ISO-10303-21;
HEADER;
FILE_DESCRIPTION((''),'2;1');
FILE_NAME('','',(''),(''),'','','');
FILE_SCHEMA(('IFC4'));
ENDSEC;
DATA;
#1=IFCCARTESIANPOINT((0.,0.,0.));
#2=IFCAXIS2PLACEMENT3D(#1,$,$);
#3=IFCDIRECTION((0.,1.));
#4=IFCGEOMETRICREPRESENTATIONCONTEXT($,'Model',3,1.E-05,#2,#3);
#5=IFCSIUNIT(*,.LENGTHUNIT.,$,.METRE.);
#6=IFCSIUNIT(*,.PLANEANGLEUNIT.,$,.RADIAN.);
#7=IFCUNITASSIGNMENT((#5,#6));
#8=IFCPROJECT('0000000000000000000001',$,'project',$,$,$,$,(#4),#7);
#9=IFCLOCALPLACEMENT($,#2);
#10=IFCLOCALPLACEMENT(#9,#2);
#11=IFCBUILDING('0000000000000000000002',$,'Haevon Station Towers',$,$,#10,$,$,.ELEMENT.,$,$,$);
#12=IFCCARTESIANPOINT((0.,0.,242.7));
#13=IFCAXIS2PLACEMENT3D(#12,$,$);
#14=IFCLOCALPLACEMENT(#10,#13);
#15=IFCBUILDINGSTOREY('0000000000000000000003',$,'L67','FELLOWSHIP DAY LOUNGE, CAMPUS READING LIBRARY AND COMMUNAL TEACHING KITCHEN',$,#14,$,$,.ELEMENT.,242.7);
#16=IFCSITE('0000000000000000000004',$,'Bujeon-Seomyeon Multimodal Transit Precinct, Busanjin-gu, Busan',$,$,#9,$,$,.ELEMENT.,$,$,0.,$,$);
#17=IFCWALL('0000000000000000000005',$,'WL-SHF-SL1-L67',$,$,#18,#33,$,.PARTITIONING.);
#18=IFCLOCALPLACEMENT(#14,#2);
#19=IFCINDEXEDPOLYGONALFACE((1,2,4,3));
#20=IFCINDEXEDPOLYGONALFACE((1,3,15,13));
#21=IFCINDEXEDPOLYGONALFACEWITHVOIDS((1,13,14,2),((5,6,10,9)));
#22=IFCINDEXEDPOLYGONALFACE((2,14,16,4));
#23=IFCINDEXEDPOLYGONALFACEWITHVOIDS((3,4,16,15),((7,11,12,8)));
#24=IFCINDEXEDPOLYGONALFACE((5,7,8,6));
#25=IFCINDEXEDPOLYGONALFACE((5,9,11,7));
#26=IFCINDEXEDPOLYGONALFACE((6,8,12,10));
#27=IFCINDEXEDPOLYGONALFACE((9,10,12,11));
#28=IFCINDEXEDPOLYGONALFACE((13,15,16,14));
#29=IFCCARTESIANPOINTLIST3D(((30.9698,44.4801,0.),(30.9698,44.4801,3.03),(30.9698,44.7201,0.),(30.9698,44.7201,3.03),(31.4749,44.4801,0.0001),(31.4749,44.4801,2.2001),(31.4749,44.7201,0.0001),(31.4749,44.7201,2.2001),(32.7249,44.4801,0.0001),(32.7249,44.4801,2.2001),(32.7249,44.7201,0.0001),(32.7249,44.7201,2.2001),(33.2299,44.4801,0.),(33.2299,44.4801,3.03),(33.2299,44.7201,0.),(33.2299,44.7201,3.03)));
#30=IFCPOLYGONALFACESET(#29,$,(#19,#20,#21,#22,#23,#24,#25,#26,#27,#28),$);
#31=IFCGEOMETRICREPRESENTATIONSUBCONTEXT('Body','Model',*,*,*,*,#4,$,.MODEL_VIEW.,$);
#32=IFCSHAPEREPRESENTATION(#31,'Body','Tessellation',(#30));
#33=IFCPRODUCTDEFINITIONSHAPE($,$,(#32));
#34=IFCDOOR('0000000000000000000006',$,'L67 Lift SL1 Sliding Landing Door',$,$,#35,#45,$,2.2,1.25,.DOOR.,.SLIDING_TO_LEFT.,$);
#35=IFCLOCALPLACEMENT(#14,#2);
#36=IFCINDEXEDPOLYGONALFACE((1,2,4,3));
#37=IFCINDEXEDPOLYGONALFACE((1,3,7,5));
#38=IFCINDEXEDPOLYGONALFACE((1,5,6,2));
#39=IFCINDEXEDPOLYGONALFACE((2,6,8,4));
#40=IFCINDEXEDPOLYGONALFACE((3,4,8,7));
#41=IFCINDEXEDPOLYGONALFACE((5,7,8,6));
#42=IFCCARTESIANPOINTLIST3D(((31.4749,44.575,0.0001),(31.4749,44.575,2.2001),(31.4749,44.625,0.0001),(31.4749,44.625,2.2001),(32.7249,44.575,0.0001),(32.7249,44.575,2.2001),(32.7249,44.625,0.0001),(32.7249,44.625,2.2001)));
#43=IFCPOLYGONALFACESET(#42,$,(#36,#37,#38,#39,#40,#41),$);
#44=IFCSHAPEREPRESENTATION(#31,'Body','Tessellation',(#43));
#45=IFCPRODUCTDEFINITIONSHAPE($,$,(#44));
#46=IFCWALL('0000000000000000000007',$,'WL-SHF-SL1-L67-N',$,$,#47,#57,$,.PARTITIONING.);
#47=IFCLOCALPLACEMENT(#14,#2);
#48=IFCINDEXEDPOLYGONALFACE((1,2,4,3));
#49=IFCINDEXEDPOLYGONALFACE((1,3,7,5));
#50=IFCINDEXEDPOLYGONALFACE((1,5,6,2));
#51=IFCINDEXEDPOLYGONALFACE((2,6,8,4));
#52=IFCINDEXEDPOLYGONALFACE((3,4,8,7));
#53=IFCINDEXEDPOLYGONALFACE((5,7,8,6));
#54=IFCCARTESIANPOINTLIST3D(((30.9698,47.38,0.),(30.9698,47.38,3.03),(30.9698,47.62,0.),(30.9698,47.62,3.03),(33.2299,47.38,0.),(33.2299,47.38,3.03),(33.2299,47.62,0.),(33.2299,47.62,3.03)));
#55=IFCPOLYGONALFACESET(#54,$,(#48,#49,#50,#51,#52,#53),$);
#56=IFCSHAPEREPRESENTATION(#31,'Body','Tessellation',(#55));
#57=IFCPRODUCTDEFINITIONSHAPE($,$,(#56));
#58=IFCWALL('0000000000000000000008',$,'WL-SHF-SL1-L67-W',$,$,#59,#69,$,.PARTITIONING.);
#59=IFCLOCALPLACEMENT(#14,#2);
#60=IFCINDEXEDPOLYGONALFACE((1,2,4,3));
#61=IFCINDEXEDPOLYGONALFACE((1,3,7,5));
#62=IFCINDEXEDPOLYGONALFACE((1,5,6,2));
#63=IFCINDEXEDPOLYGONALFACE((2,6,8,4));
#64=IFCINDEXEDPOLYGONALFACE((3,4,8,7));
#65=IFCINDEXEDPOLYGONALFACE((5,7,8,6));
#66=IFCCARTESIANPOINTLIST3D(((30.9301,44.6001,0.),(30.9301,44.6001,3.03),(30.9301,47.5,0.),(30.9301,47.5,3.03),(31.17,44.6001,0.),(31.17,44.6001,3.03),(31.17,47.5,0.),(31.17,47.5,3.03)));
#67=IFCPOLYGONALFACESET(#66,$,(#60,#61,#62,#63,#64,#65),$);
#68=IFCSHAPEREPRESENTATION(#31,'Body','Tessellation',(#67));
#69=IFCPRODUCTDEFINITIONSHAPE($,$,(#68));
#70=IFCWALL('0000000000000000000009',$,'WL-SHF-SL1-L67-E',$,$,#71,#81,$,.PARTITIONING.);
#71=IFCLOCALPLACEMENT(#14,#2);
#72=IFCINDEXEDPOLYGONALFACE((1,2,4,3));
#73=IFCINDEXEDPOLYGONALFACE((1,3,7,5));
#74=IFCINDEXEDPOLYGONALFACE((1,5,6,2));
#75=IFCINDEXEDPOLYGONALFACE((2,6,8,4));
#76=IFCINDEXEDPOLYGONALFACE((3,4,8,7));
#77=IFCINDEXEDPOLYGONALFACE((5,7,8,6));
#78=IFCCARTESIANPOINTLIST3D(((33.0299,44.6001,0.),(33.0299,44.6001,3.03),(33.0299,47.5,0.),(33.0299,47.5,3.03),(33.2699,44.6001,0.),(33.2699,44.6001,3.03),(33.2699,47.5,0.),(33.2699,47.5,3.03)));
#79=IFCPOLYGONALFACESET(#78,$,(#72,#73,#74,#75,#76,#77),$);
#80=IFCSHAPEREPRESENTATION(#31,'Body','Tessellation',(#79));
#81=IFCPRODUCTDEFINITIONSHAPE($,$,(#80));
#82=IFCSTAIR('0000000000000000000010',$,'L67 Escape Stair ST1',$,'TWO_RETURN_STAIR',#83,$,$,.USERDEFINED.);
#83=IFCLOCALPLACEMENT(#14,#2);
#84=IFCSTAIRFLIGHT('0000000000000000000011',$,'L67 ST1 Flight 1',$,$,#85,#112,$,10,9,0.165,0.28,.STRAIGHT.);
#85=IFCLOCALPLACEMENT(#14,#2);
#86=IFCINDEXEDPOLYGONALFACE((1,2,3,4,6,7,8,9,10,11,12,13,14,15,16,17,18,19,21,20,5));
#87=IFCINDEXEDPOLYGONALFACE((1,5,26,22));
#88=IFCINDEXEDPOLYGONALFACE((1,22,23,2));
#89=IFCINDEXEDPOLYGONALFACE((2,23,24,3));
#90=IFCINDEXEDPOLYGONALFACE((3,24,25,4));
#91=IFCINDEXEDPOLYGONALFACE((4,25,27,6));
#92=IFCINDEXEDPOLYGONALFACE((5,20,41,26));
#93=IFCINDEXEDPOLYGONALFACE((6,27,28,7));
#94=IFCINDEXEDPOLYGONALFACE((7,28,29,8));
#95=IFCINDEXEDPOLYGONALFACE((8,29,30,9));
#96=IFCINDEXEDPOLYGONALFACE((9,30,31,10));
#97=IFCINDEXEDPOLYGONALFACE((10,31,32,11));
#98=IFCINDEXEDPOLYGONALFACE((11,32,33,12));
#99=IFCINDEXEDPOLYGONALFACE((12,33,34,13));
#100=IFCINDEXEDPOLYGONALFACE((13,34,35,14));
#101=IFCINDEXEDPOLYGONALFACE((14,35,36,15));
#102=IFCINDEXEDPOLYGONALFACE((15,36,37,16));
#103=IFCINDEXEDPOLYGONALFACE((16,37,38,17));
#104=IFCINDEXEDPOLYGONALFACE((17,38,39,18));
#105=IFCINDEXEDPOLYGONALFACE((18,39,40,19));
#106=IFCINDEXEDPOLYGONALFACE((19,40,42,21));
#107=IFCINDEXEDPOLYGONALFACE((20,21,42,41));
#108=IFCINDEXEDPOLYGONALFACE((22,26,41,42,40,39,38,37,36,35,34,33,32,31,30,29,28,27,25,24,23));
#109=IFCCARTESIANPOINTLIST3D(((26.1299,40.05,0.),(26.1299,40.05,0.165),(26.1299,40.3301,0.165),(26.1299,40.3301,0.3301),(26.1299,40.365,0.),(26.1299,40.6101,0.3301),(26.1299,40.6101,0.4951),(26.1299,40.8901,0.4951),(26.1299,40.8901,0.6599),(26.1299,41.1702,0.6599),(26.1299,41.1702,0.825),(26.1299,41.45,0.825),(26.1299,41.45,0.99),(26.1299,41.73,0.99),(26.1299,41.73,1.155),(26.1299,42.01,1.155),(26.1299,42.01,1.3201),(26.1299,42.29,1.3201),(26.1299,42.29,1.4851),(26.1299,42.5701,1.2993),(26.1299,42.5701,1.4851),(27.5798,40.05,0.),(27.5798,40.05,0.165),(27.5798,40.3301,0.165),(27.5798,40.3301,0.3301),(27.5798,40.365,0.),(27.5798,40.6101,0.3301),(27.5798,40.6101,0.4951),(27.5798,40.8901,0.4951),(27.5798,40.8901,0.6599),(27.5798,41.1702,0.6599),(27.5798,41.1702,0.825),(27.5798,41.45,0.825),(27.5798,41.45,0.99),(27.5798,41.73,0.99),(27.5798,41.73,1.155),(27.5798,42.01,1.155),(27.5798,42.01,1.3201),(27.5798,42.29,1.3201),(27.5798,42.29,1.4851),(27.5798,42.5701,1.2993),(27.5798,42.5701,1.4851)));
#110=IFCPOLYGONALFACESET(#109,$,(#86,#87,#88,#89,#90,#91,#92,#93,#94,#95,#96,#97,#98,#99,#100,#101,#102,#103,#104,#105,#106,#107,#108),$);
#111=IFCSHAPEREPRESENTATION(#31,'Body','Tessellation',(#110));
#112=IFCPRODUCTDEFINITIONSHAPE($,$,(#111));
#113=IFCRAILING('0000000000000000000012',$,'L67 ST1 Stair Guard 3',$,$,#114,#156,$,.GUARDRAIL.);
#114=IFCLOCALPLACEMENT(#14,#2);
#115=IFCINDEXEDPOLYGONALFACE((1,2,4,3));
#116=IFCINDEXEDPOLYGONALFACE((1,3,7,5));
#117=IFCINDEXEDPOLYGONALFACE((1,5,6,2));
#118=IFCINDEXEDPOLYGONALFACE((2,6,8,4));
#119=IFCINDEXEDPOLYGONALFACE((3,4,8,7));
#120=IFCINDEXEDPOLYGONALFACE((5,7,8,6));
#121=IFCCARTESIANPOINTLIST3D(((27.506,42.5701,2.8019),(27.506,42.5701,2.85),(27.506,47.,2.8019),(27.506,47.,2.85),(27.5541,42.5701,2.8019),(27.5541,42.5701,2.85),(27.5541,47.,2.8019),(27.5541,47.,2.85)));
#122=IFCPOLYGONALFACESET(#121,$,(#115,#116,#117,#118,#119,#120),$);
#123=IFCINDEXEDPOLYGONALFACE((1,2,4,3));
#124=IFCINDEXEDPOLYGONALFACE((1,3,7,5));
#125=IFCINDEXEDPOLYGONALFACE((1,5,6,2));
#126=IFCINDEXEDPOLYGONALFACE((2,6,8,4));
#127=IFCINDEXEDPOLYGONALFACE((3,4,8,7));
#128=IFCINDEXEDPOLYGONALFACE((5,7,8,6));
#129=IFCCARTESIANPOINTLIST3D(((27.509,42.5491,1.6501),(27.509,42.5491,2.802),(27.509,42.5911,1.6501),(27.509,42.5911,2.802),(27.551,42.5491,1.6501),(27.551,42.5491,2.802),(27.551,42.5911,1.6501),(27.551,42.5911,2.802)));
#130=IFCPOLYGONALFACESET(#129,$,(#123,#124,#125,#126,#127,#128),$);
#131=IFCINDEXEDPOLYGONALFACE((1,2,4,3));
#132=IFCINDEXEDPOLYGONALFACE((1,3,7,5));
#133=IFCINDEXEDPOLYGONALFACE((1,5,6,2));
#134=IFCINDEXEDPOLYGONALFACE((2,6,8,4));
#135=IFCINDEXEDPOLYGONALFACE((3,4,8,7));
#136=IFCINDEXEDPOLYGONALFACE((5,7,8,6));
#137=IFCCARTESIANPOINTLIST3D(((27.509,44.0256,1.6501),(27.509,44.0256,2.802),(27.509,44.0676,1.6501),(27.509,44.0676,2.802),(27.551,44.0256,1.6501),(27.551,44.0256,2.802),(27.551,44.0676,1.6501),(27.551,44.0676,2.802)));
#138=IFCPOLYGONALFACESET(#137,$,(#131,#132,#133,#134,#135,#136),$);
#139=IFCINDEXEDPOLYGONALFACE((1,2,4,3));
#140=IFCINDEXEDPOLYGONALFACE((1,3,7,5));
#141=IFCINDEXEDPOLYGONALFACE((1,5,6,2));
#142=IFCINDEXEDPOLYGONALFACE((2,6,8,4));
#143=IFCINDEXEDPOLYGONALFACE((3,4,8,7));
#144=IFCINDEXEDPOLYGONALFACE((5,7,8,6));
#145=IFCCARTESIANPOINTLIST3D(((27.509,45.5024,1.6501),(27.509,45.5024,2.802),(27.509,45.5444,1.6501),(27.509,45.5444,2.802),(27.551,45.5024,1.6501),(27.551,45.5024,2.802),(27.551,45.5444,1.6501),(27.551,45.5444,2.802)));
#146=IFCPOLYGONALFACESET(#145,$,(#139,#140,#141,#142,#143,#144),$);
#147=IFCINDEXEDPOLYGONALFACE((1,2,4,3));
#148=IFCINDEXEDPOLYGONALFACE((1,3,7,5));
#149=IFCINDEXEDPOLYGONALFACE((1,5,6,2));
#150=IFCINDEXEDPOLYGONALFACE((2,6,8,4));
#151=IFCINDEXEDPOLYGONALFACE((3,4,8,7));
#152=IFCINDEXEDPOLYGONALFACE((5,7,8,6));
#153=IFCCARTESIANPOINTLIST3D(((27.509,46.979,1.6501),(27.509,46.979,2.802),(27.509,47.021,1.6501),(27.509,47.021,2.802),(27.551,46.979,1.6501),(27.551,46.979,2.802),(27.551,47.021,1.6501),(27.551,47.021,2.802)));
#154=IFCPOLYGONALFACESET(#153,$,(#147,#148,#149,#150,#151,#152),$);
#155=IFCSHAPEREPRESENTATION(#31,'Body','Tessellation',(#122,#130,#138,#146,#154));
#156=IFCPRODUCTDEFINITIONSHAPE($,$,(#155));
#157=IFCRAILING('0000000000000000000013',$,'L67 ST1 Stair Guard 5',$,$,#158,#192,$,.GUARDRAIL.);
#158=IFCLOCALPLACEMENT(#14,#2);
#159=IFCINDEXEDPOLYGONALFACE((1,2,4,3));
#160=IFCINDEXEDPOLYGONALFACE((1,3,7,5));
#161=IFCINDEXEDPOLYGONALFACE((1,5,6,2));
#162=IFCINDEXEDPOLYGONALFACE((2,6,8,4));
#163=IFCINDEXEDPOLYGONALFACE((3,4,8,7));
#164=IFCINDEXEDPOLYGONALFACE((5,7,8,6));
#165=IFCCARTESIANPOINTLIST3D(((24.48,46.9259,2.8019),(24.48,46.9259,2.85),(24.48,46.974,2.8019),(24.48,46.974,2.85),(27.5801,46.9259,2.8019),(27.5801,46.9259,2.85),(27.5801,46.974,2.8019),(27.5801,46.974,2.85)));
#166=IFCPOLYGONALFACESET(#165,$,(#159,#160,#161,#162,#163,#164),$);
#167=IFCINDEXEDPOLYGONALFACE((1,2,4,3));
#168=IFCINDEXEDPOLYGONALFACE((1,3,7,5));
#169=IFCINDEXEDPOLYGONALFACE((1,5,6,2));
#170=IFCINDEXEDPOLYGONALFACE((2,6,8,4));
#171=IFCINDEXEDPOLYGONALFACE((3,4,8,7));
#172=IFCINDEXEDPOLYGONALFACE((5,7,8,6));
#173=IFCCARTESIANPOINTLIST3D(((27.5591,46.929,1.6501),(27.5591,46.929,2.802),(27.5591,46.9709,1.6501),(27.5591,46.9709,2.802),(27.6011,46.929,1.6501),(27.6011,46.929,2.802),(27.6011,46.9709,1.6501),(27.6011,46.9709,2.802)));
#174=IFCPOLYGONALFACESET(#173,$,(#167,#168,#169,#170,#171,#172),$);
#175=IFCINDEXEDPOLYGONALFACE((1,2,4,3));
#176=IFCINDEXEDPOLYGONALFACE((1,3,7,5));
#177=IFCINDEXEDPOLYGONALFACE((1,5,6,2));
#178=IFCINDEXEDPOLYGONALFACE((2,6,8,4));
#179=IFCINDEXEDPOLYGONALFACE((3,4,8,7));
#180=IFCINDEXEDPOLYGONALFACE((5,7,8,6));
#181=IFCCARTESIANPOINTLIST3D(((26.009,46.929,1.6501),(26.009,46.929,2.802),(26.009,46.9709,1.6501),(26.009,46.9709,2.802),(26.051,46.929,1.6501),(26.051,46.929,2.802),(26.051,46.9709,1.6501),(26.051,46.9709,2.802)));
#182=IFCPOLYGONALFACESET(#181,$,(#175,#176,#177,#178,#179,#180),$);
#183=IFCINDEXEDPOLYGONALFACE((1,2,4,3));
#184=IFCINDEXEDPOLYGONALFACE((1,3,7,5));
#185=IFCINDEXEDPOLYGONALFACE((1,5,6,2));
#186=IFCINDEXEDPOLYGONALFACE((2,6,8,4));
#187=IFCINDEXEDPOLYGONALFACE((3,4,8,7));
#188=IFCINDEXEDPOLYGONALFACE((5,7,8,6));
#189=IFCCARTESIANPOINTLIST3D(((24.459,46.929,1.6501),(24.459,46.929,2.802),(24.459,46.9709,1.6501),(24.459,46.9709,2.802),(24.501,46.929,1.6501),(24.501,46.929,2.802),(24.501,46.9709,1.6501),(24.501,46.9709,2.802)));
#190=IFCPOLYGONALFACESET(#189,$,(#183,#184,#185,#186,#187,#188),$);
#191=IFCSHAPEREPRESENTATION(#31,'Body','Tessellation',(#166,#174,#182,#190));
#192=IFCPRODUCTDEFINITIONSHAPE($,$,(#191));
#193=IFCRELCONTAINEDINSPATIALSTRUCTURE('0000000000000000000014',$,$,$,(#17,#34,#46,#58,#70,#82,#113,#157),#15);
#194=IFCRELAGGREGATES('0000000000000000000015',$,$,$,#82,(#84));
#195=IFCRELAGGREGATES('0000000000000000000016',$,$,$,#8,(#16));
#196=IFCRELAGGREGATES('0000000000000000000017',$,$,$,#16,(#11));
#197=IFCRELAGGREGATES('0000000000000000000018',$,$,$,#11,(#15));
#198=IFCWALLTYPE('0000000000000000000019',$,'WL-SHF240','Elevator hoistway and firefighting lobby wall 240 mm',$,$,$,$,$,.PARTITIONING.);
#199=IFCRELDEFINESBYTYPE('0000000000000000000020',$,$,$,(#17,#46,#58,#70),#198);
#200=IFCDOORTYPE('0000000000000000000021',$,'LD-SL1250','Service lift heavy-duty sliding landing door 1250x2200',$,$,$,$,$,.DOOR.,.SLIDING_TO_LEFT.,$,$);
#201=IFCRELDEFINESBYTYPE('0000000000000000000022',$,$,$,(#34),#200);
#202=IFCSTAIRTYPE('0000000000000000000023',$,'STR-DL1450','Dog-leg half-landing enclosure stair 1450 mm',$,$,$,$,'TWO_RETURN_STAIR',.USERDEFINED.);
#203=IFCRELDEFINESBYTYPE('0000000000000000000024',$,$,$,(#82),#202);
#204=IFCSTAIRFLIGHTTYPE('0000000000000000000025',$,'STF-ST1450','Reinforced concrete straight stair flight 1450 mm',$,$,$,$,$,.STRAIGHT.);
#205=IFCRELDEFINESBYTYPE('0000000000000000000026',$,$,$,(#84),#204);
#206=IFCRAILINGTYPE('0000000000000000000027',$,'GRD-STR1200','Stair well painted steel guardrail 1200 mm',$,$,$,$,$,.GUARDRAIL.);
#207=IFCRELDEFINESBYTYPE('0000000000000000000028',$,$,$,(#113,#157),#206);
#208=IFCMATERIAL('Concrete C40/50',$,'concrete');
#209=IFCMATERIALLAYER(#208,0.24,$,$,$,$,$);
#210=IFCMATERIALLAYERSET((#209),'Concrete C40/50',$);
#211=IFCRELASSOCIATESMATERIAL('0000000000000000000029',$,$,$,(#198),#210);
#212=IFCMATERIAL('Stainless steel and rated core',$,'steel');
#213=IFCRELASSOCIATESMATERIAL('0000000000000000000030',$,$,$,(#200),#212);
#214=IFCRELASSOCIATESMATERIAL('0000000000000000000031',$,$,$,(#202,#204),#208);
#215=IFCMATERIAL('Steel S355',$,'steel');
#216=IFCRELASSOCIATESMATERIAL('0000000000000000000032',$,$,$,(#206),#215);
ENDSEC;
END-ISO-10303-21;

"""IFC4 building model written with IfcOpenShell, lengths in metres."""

from ifc_helpers import new_model, si_unit, direction, frame, frame_2d, origin, origin_2d, place, context, subcontext, project, spatial, polyline, rectangle, outline, extrude, material, layer, layer_set, type_object, element, fill, aggregate, save


model = new_model("IFC4")

# Units and contexts
model_context = context("Model", 3, precision=1e-05, world=origin(), true_north=direction((0.0, 1.0)))
body_context = subcontext(model_context, "Body", "Model", "MODEL_VIEW")
ifc_project = project(units=[si_unit("LENGTHUNIT", "METRE"), si_unit("PLANEANGLEUNIT", "RADIAN")], contexts=[model_context])

# Site, building, storey
site_placement = place(None, origin())
site = spatial("IfcSite", under=ifc_project, at=site_placement, Name="Bujeon-Seomyeon Multimodal Transit Precinct, Busanjin-gu, Busan", CompositionType="ELEMENT", RefElevation=0.0)
building_placement = place(site_placement, origin())
building = spatial("IfcBuilding", under=site, at=building_placement, Name="Haevon Station Towers", CompositionType="ELEMENT")
storey_placement = place(building_placement, frame((0.0, 0.0, 242.7)))
storey = spatial("IfcBuildingStorey", under=building, at=storey_placement, Name="L67", Description="FELLOWSHIP DAY LOUNGE, CAMPUS READING LIBRARY AND COMMUNAL TEACHING KITCHEN", CompositionType="ELEMENT", Elevation=242.7)

# Shared definitions
ifc_material_1 = material(Name="Steel S355", Category="steel")

# Shared definitions
ifc_material_2 = material(Name="Concrete C40/50", Category="concrete")
ifc_layer_1 = layer(ifc_material_2, 0.24)
ifc_layer_set_1 = layer_set([ifc_layer_1], Name="Concrete C40/50")
wall_type_1 = type_object("IfcWallType", Name="WL-SHF240", Description="Elevator hoistway and firefighting lobby wall 240 mm", PredefinedType="PARTITIONING", material=ifc_layer_set_1)
ifc_material_3 = material(Name="Stainless steel and rated core", Category="steel")

# Wall, opening, door
wall_1_placement = place(storey_placement, frame((30.97, 44.6001, 0.0), z_axis=(0.0, 0.0, 1.0), x_axis=(1.0, 0.0, 0.0)))
wall_1 = element("IfcWall", 1, at=wall_1_placement, inside=storey, type_object=wall_type_1, Name="WL-SHF-SL1-L67", PredefinedType="PARTITIONING", context=body_context, shape_type="SweptSolid", body=[
    extrude(rectangle(XDim=2.26, YDim=0.24, at=frame_2d((1.1299, 0.0))), origin(), (0.0, 0.0, 1.0), 3.03),
])
opening_1_placement = place(wall_1_placement, frame((0.5049, 0.0, 0.0)))
opening_1 = element("IfcOpeningElement", 2, at=opening_1_placement, cuts=wall_1, PredefinedType="OPENING", context=body_context, shape_type="SweptSolid", body=[
    extrude(rectangle(XDim=1.25, YDim=2.2, at=frame_2d((0.625, 1.1001))), frame((0.0, 0.1299, 0.0), z_axis=(0.0, -1.0, 0.0), x_axis=(1.0, 0.0, 0.0)), (0.0, 0.0, 1.0), 0.26),
])
door_type_1 = type_object("IfcDoorType", Name="LD-SL1250", Description="Service lift heavy-duty sliding landing door 1250x2200", OperationType="SLIDING_TO_LEFT", PredefinedType="DOOR", material=ifc_material_3)
door_1_placement = place(opening_1_placement, origin())
door_1 = element("IfcDoor", 3, at=door_1_placement, inside=storey, type_object=door_type_1, Name="L67 Lift SL1 Sliding Landing Door", OperationType="SLIDING_TO_LEFT", OverallHeight=2.2, OverallWidth=1.25, PredefinedType="DOOR", context=body_context, shape_type="SweptSolid", body=[
    extrude(rectangle(XDim=1.25, YDim=2.2, at=frame_2d((0.625, 1.1001))), frame((0.0, 0.0249, 0.0), z_axis=(0.0, -1.0, 0.0), x_axis=(1.0, 0.0, 0.0)), (0.0, 0.0, 1.0), 0.05),
])
fill(opening_1, door_1)

# Walls
wall_2_placement = place(storey_placement, frame((30.97, 47.5, 0.0), z_axis=(0.0, 0.0, 1.0), x_axis=(1.0, 0.0, 0.0)))
element("IfcWall", 4, at=wall_2_placement, inside=storey, type_object=wall_type_1, Name="WL-SHF-SL1-L67-N", PredefinedType="PARTITIONING", context=body_context, shape_type="SweptSolid", body=[
    extrude(rectangle(XDim=2.26, YDim=0.24, at=frame_2d((1.1299, 0.0))), origin(), (0.0, 0.0, 1.0), 3.03),
])
for number, where, z_axis, x_axis, name in (
    (5, (31.05, 44.6001, 0.0), (0.0, 0.0, 1.0), (0.0, 1.0, 0.0), "WL-SHF-SL1-L67-W"),
    (6, (33.1499, 44.6001, 0.0), (0.0, 0.0, 1.0), (0.0, 1.0, 0.0), "WL-SHF-SL1-L67-E"),
):
    element("IfcWall", number, at=place(storey_placement, frame(where, z_axis=z_axis, x_axis=x_axis)), inside=storey, type_object=wall_type_1, Name=name, PredefinedType="PARTITIONING", context=body_context, shape_type="SweptSolid", body=[
        extrude(rectangle(XDim=2.8999, YDim=0.24, at=frame_2d((1.45, 0.0))), origin(), (0.0, 0.0, 1.0), 3.03),
    ])

# Stair, stair flight
stair_type = type_object("IfcStairType", Name="STR-DL1450", Description="Dog-leg half-landing enclosure stair 1450 mm", ElementType="TWO_RETURN_STAIR", PredefinedType="USERDEFINED", material=ifc_material_2)
stair_placement = place(storey_placement, origin())
stair = element("IfcStair", 7, at=stair_placement, inside=storey, type_object=stair_type, Name="L67 Escape Stair ST1", ObjectType="TWO_RETURN_STAIR", PredefinedType="USERDEFINED")
stair_flight_type = type_object("IfcStairFlightType", Name="STF-ST1450", Description="Reinforced concrete straight stair flight 1450 mm", PredefinedType="STRAIGHT", material=ifc_material_2)
stair_flight_placement = place(storey_placement, frame((26.855, 40.05, 0.0), z_axis=(0.0, 0.0, 1.0), x_axis=(0.0, 1.0, 0.0)))
stair_flight = element("IfcStairFlight", 8, at=stair_flight_placement, type_object=stair_flight_type, Name="L67 ST1 Flight 1", NumberOfRisers=10, NumberOfTreads=9, PredefinedType="STRAIGHT", RiserHeight=0.165, TreadLength=0.28, context=body_context, shape_type="SweptSolid", body=[
    extrude(outline(polyline([(0.0, 0.0), (0.0, 0.165), (0.28, 0.165), (0.28, 0.3301), (0.5601, 0.3301), (0.5601, 0.4951), (0.8401, 0.4951), (0.8401, 0.6599), (1.1201, 0.6599), (1.1201, 0.825), (1.3999, 0.825), (1.3999, 0.99), (1.6799, 0.99), (1.6799, 1.155), (1.96, 1.155), (1.96, 1.3201), (2.24, 1.3201), (2.24, 1.4851), (2.52, 1.4851), (2.52, 1.6499), (2.52, 1.2993), (0.3149, 0.0), (0.0, 0.0)])), frame((0.0, 0.7251, 0.0), z_axis=(0.0, -1.0, 0.0), x_axis=(1.0, 0.0, 0.0)), (0.0, 0.0, 1.0), 1.45),
])
aggregate(stair, [stair_flight])

# Railings
railing_type_1 = type_object("IfcRailingType", Name="GRD-STR1200", Description="Stair well painted steel guardrail 1200 mm", PredefinedType="GUARDRAIL", material=ifc_material_1)
railing_1_placement = place(storey_placement, frame((27.53, 42.5701, 1.6501)))
element("IfcRailing", 9, at=railing_1_placement, inside=storey, type_object=railing_type_1, Name="L67 ST1 Stair Guard 3", PredefinedType="GUARDRAIL", context=body_context, shape_type="SweptSolid", body=[
    extrude(rectangle(XDim=0.0481, YDim=0.0481, at=origin_2d()), frame((0.0, 0.0, 1.1758), z_axis=(0.0, 1.0, 0.0), x_axis=(-1.0, 0.0, 0.0)), (0.0, 0.0, 1.0), 4.4299),
    extrude(rectangle(XDim=0.042, YDim=0.042, at=origin_2d()), origin(), (0.0, 0.0, 1.0), 1.1519),
    extrude(rectangle(XDim=0.042, YDim=0.042, at=origin_2d()), frame((0.0, 1.4766, 0.0)), (0.0, 0.0, 1.0), 1.1519),
    extrude(rectangle(XDim=0.042, YDim=0.042, at=origin_2d()), frame((0.0, 2.9534, 0.0)), (0.0, 0.0, 1.0), 1.1519),
    extrude(rectangle(XDim=0.042, YDim=0.042, at=origin_2d()), frame((0.0, 4.4299, 0.0)), (0.0, 0.0, 1.0), 1.1519),
])
railing_2_placement = place(storey_placement, frame((27.5801, 46.95, 1.6501)))
element("IfcRailing", 10, at=railing_2_placement, inside=storey, type_object=railing_type_1, Name="L67 ST1 Stair Guard 5", PredefinedType="GUARDRAIL", context=body_context, shape_type="SweptSolid", body=[
    extrude(rectangle(XDim=0.0481, YDim=0.0481, at=origin_2d()), frame((0.0, 0.0, 1.1758), z_axis=(-1.0, 0.0, 0.0), x_axis=(0.0, -1.0, 0.0)), (0.0, 0.0, 1.0), 3.1001),
    extrude(rectangle(XDim=0.042, YDim=0.042, at=origin_2d()), origin(), (0.0, 0.0, 1.0), 1.1519),
    extrude(rectangle(XDim=0.042, YDim=0.042, at=origin_2d()), frame((-1.55, 0.0, 0.0)), (0.0, 0.0, 1.0), 1.1519),
    extrude(rectangle(XDim=0.042, YDim=0.042, at=origin_2d()), frame((-3.1001, 0.0, 0.0)), (0.0, 0.0, 1.0), 1.1519),
])

save(model, "model.ifc")
